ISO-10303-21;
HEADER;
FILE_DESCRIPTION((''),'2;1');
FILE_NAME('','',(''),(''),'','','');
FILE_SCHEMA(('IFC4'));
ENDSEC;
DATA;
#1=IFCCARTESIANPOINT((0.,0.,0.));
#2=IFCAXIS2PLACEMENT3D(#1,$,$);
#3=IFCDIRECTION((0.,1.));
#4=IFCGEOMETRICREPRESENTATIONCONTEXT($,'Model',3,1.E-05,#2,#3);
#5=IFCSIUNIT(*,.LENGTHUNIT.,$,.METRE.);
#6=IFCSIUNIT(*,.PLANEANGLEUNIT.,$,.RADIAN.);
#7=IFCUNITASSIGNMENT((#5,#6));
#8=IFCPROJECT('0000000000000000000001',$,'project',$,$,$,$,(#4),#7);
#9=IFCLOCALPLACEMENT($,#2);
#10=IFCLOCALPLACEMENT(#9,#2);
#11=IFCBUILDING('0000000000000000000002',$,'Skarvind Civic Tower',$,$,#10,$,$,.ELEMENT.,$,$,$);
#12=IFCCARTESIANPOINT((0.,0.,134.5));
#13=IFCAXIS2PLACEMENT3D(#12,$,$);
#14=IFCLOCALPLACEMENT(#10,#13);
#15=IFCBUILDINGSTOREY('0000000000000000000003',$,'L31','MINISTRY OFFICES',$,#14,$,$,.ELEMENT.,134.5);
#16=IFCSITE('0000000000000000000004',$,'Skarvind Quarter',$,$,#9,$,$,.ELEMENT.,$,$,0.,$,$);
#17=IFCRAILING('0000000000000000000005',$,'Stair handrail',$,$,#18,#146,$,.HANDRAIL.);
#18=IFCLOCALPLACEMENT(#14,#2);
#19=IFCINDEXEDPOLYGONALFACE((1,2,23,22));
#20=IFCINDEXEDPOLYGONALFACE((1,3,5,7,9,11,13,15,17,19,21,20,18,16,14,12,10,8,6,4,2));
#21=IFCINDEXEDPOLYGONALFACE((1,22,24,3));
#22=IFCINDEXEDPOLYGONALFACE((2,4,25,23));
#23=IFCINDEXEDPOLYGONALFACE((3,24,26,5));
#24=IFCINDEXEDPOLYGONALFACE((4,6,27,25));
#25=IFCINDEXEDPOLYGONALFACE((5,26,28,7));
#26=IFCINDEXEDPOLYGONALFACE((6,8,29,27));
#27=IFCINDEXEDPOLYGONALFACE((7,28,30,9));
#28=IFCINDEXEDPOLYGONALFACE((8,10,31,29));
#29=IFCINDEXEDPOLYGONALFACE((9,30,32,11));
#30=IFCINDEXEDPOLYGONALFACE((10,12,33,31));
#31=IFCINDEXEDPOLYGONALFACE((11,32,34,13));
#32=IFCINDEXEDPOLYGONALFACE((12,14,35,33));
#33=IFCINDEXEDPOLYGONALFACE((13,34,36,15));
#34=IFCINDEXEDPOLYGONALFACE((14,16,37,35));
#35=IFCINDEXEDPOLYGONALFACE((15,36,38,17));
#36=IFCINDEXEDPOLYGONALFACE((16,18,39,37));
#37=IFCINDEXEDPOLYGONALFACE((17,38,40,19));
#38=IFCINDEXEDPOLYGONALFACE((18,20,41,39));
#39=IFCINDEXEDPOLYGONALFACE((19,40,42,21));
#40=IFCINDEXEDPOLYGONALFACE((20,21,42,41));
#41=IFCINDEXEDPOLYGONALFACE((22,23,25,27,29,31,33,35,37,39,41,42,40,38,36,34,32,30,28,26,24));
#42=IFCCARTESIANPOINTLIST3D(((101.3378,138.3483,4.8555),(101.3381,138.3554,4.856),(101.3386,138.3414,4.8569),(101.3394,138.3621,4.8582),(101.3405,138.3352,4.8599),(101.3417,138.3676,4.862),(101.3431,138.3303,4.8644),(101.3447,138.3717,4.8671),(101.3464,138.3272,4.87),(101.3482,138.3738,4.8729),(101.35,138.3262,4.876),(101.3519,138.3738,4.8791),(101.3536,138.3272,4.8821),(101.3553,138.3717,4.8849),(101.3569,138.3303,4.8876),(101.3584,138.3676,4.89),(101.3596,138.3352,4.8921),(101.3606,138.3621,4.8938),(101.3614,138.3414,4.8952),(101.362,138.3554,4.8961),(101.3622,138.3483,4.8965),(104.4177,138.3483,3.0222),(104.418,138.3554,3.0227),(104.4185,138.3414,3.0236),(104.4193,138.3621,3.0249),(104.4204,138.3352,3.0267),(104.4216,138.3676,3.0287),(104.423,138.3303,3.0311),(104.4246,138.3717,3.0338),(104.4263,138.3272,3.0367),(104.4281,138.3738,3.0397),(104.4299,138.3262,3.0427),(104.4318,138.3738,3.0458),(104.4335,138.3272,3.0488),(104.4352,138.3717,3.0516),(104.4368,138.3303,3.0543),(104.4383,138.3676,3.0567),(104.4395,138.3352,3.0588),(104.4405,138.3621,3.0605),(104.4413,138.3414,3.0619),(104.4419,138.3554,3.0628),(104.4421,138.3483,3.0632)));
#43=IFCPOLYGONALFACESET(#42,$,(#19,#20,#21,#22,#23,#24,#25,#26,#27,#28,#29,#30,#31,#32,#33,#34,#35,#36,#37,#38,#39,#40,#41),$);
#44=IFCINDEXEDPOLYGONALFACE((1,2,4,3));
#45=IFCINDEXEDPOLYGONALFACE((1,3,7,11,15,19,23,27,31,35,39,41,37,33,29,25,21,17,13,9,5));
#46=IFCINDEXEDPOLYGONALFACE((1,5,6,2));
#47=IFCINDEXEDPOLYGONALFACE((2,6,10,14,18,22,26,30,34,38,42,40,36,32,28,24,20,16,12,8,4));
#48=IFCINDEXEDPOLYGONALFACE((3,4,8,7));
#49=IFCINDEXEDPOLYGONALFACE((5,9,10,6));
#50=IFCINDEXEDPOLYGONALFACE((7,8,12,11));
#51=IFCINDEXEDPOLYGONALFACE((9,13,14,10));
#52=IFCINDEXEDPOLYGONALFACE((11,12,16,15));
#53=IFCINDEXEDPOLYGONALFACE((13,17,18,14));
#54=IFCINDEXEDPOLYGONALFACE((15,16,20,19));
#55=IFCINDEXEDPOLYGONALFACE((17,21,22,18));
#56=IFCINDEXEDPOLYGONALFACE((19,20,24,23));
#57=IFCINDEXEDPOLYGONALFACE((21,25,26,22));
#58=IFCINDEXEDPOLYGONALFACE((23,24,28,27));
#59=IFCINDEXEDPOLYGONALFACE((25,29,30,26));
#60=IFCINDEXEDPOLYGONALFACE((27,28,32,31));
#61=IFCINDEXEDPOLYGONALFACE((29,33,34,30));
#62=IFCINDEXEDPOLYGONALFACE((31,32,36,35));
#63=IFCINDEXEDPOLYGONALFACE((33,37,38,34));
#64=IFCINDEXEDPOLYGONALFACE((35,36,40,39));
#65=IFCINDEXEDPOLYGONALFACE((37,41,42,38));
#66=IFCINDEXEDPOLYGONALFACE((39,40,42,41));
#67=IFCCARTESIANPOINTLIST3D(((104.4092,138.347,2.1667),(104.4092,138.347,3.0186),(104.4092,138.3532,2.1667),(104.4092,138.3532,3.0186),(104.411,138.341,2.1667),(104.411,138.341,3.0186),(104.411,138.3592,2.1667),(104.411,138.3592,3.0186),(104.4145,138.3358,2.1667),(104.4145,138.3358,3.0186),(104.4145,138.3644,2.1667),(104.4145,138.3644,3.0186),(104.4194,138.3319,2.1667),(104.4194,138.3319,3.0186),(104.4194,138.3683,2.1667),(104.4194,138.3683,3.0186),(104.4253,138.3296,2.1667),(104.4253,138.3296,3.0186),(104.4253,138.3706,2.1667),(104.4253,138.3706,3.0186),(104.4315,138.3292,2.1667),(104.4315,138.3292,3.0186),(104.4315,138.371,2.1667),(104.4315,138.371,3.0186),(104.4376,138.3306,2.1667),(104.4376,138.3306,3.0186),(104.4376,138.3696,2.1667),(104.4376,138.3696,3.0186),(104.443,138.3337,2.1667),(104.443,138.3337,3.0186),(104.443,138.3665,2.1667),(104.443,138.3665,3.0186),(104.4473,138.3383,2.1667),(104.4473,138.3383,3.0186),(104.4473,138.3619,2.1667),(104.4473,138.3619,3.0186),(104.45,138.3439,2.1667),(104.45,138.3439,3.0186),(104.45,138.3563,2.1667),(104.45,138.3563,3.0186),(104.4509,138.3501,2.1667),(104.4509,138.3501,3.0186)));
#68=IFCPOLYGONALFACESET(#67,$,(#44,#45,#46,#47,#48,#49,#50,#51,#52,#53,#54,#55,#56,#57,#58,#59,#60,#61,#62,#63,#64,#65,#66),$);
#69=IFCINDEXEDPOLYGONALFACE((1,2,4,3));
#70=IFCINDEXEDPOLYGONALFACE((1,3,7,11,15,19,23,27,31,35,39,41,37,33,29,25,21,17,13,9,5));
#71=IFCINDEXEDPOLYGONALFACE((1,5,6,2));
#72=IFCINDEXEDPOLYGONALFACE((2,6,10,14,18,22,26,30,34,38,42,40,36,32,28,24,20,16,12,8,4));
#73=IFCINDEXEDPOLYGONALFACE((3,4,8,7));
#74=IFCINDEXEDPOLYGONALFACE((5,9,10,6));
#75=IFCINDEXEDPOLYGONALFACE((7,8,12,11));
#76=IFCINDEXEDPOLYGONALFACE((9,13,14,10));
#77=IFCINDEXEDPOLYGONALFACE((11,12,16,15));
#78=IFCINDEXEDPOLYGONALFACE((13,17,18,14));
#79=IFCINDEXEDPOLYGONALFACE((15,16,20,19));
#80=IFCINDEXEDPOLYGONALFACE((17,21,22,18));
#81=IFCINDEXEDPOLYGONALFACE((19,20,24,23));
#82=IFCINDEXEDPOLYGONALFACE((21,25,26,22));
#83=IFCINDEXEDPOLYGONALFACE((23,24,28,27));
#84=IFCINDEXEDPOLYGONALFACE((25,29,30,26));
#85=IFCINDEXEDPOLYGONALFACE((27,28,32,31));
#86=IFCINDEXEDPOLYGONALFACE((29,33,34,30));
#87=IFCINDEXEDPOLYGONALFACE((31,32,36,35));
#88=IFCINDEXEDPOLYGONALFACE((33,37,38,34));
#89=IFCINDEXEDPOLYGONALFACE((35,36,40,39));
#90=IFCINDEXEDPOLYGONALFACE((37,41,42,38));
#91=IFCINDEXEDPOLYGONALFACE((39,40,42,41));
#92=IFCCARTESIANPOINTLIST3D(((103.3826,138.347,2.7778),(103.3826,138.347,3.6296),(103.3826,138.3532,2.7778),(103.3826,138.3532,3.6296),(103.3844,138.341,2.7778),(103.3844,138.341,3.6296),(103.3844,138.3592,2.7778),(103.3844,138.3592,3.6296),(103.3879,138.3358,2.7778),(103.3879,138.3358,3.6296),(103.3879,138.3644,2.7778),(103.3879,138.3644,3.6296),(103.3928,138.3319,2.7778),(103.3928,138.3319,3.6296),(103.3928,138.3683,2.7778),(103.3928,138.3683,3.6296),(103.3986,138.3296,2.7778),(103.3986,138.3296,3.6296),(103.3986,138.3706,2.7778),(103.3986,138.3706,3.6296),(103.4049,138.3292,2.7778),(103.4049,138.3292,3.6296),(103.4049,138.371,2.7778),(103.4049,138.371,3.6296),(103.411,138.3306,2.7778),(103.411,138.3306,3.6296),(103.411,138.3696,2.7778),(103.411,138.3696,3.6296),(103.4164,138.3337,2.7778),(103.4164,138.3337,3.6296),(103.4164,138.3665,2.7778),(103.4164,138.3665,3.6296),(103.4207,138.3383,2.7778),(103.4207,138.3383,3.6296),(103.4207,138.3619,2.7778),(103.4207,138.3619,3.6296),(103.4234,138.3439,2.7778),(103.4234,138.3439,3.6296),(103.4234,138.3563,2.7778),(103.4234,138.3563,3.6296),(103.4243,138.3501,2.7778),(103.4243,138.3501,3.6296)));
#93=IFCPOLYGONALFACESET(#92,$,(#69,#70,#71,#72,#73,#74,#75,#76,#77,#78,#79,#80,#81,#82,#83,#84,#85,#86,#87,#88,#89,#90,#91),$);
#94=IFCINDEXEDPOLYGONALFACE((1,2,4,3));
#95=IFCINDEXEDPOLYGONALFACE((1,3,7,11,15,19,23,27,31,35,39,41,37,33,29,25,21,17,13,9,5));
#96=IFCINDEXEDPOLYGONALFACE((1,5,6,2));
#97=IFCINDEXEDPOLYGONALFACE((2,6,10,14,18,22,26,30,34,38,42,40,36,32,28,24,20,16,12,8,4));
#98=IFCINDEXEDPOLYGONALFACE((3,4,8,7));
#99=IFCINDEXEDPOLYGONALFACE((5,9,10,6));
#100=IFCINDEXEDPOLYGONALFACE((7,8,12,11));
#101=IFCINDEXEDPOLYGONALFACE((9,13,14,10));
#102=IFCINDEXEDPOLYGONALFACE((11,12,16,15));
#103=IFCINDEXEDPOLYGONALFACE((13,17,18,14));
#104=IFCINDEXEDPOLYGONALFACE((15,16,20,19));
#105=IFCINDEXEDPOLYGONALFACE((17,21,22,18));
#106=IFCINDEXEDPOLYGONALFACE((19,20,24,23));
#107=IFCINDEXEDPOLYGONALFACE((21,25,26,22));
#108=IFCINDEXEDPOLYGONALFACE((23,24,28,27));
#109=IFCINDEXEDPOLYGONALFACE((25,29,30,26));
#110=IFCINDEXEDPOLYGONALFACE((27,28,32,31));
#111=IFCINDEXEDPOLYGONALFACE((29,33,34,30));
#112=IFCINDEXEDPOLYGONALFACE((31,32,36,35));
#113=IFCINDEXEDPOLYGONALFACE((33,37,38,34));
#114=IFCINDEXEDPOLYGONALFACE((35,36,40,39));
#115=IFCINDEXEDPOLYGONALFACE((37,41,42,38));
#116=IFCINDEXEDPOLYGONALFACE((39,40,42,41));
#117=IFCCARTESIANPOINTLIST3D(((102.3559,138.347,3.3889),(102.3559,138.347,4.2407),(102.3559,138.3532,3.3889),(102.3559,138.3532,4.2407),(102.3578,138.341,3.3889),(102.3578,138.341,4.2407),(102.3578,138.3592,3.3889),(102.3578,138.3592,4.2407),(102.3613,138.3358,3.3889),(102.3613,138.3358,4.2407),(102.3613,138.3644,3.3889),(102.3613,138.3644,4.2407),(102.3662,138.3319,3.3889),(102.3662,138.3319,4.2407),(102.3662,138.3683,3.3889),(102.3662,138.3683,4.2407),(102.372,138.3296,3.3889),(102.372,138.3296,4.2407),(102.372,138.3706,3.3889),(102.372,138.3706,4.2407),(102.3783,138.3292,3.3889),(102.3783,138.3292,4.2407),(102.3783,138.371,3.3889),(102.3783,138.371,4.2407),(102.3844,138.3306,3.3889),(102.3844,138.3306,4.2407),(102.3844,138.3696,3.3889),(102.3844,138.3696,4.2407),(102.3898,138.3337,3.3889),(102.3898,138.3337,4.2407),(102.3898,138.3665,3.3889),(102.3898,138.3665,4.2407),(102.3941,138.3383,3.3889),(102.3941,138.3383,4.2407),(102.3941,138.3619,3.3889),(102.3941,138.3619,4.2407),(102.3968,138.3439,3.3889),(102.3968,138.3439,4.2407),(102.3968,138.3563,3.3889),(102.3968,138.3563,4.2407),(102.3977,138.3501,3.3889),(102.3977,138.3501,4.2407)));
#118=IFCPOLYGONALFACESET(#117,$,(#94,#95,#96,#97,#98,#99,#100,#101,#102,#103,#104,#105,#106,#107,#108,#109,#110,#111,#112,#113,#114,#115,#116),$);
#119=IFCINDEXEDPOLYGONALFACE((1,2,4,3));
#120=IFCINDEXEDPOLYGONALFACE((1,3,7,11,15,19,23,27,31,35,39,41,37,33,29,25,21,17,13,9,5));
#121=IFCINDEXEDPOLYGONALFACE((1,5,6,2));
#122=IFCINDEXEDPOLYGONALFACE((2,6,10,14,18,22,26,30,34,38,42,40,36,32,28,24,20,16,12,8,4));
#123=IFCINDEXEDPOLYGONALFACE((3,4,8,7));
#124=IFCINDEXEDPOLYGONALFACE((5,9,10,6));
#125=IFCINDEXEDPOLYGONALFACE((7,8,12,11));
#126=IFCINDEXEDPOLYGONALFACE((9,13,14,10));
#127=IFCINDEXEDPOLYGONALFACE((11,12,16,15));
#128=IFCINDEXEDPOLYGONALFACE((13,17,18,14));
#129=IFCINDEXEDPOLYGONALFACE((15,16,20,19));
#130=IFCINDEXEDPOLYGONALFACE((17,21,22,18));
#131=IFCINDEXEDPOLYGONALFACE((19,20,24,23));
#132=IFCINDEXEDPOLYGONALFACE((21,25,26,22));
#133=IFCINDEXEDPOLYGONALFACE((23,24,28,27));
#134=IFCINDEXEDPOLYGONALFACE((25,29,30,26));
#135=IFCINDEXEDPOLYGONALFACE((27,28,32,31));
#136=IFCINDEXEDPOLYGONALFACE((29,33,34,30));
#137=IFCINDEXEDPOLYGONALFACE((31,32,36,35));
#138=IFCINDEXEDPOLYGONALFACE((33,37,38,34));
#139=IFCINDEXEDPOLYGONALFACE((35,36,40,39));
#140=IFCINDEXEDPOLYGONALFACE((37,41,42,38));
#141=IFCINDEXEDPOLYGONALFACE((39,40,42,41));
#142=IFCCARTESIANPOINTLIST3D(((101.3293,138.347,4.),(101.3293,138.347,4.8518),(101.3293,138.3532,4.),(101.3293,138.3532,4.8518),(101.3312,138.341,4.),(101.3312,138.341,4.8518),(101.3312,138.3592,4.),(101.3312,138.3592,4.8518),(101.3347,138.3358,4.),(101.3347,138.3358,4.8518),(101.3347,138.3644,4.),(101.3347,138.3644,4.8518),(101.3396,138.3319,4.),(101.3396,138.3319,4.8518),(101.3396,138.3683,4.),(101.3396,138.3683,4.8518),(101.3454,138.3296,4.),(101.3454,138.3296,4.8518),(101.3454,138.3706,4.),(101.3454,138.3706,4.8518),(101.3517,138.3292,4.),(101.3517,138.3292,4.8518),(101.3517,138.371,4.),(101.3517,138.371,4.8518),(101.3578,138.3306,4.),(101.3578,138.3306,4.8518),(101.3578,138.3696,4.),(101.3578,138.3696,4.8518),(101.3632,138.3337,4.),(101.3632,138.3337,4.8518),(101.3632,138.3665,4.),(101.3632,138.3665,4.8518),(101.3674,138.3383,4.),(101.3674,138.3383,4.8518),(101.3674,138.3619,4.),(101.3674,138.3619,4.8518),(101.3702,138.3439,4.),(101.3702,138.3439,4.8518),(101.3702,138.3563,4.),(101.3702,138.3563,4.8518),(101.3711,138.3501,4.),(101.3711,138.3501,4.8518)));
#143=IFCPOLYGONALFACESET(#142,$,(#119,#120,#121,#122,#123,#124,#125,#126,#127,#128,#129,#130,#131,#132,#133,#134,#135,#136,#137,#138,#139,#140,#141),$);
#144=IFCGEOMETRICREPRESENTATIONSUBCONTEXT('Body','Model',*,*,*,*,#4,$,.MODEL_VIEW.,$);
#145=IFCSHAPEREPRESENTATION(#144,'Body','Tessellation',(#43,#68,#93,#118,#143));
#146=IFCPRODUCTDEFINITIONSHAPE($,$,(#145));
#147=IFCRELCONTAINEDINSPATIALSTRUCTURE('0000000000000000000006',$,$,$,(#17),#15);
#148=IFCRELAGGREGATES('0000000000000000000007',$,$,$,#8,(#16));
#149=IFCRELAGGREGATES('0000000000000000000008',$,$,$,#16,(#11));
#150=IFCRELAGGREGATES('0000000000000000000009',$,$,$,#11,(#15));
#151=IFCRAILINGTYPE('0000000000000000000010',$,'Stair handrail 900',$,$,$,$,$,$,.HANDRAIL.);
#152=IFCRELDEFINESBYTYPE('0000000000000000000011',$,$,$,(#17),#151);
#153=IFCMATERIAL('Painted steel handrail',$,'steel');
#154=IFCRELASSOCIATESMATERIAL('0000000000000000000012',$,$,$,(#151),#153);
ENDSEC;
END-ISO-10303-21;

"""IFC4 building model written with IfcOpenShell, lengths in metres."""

from ifc_helpers import new_model, si_unit, direction, frame, origin, origin_2d, place, context, subcontext, project, spatial, circle, extrude, material, type_object, element, save


model = new_model("IFC4")

# Units and contexts
model_context = context("Model", 3, precision=1e-05, world=origin(), true_north=direction((0.0, 1.0)))
body_context = subcontext(model_context, "Body", "Model", "MODEL_VIEW")
ifc_project = project(units=[si_unit("LENGTHUNIT", "METRE"), si_unit("PLANEANGLEUNIT", "RADIAN")], contexts=[model_context])

# Site, building, storey
site_placement = place(None, origin())
site = spatial("IfcSite", under=ifc_project, at=site_placement, Name="Skarvind Quarter", CompositionType="ELEMENT", RefElevation=0.0)
building_placement = place(site_placement, origin())
building = spatial("IfcBuilding", under=site, at=building_placement, Name="Skarvind Civic Tower", CompositionType="ELEMENT")
storey_placement = place(building_placement, frame((0.0, 0.0, 134.5)))
storey = spatial("IfcBuildingStorey", under=building, at=storey_placement, Name="L31", Description="MINISTRY OFFICES", CompositionType="ELEMENT", Elevation=134.5)

# Railing
ifc_material_1 = material(Name="Painted steel handrail", Category="steel")
railing_type = type_object("IfcRailingType", Name="Stair handrail 900", PredefinedType="HANDRAIL", material=ifc_material_1)
railing_1_placement = place(storey_placement, frame((104.4299, 138.3501, 2.1667)))
element("IfcRailing", 1, at=railing_1_placement, inside=storey, type_object=railing_type, Name="Stair handrail", PredefinedType="HANDRAIL", context=body_context, shape_type="SweptSolid", body=[
    extrude(circle(Radius=0.0239, at=origin_2d()), frame((0.0, 0.0, 0.876), z_axis=(-0.859291, 0.0, 0.511487), x_axis=(0.0, -1.0, 0.0)), (0.0, 0.0, 1.0), 3.5842),
    extrude(circle(Radius=0.021, at=origin_2d()), origin(), (0.0, 0.0, 1.0), 0.8518),
    extrude(circle(Radius=0.021, at=origin_2d()), frame((-1.0266, 0.0, 0.6111)), (0.0, 0.0, 1.0), 0.8518),
    extrude(circle(Radius=0.021, at=origin_2d()), frame((-2.0532, 0.0, 1.2222)), (0.0, 0.0, 1.0), 0.8518),
    extrude(circle(Radius=0.021, at=origin_2d()), frame((-3.0798, 0.0, 1.8333)), (0.0, 0.0, 1.0), 0.8518),
])

save(model, "model.ifc")
